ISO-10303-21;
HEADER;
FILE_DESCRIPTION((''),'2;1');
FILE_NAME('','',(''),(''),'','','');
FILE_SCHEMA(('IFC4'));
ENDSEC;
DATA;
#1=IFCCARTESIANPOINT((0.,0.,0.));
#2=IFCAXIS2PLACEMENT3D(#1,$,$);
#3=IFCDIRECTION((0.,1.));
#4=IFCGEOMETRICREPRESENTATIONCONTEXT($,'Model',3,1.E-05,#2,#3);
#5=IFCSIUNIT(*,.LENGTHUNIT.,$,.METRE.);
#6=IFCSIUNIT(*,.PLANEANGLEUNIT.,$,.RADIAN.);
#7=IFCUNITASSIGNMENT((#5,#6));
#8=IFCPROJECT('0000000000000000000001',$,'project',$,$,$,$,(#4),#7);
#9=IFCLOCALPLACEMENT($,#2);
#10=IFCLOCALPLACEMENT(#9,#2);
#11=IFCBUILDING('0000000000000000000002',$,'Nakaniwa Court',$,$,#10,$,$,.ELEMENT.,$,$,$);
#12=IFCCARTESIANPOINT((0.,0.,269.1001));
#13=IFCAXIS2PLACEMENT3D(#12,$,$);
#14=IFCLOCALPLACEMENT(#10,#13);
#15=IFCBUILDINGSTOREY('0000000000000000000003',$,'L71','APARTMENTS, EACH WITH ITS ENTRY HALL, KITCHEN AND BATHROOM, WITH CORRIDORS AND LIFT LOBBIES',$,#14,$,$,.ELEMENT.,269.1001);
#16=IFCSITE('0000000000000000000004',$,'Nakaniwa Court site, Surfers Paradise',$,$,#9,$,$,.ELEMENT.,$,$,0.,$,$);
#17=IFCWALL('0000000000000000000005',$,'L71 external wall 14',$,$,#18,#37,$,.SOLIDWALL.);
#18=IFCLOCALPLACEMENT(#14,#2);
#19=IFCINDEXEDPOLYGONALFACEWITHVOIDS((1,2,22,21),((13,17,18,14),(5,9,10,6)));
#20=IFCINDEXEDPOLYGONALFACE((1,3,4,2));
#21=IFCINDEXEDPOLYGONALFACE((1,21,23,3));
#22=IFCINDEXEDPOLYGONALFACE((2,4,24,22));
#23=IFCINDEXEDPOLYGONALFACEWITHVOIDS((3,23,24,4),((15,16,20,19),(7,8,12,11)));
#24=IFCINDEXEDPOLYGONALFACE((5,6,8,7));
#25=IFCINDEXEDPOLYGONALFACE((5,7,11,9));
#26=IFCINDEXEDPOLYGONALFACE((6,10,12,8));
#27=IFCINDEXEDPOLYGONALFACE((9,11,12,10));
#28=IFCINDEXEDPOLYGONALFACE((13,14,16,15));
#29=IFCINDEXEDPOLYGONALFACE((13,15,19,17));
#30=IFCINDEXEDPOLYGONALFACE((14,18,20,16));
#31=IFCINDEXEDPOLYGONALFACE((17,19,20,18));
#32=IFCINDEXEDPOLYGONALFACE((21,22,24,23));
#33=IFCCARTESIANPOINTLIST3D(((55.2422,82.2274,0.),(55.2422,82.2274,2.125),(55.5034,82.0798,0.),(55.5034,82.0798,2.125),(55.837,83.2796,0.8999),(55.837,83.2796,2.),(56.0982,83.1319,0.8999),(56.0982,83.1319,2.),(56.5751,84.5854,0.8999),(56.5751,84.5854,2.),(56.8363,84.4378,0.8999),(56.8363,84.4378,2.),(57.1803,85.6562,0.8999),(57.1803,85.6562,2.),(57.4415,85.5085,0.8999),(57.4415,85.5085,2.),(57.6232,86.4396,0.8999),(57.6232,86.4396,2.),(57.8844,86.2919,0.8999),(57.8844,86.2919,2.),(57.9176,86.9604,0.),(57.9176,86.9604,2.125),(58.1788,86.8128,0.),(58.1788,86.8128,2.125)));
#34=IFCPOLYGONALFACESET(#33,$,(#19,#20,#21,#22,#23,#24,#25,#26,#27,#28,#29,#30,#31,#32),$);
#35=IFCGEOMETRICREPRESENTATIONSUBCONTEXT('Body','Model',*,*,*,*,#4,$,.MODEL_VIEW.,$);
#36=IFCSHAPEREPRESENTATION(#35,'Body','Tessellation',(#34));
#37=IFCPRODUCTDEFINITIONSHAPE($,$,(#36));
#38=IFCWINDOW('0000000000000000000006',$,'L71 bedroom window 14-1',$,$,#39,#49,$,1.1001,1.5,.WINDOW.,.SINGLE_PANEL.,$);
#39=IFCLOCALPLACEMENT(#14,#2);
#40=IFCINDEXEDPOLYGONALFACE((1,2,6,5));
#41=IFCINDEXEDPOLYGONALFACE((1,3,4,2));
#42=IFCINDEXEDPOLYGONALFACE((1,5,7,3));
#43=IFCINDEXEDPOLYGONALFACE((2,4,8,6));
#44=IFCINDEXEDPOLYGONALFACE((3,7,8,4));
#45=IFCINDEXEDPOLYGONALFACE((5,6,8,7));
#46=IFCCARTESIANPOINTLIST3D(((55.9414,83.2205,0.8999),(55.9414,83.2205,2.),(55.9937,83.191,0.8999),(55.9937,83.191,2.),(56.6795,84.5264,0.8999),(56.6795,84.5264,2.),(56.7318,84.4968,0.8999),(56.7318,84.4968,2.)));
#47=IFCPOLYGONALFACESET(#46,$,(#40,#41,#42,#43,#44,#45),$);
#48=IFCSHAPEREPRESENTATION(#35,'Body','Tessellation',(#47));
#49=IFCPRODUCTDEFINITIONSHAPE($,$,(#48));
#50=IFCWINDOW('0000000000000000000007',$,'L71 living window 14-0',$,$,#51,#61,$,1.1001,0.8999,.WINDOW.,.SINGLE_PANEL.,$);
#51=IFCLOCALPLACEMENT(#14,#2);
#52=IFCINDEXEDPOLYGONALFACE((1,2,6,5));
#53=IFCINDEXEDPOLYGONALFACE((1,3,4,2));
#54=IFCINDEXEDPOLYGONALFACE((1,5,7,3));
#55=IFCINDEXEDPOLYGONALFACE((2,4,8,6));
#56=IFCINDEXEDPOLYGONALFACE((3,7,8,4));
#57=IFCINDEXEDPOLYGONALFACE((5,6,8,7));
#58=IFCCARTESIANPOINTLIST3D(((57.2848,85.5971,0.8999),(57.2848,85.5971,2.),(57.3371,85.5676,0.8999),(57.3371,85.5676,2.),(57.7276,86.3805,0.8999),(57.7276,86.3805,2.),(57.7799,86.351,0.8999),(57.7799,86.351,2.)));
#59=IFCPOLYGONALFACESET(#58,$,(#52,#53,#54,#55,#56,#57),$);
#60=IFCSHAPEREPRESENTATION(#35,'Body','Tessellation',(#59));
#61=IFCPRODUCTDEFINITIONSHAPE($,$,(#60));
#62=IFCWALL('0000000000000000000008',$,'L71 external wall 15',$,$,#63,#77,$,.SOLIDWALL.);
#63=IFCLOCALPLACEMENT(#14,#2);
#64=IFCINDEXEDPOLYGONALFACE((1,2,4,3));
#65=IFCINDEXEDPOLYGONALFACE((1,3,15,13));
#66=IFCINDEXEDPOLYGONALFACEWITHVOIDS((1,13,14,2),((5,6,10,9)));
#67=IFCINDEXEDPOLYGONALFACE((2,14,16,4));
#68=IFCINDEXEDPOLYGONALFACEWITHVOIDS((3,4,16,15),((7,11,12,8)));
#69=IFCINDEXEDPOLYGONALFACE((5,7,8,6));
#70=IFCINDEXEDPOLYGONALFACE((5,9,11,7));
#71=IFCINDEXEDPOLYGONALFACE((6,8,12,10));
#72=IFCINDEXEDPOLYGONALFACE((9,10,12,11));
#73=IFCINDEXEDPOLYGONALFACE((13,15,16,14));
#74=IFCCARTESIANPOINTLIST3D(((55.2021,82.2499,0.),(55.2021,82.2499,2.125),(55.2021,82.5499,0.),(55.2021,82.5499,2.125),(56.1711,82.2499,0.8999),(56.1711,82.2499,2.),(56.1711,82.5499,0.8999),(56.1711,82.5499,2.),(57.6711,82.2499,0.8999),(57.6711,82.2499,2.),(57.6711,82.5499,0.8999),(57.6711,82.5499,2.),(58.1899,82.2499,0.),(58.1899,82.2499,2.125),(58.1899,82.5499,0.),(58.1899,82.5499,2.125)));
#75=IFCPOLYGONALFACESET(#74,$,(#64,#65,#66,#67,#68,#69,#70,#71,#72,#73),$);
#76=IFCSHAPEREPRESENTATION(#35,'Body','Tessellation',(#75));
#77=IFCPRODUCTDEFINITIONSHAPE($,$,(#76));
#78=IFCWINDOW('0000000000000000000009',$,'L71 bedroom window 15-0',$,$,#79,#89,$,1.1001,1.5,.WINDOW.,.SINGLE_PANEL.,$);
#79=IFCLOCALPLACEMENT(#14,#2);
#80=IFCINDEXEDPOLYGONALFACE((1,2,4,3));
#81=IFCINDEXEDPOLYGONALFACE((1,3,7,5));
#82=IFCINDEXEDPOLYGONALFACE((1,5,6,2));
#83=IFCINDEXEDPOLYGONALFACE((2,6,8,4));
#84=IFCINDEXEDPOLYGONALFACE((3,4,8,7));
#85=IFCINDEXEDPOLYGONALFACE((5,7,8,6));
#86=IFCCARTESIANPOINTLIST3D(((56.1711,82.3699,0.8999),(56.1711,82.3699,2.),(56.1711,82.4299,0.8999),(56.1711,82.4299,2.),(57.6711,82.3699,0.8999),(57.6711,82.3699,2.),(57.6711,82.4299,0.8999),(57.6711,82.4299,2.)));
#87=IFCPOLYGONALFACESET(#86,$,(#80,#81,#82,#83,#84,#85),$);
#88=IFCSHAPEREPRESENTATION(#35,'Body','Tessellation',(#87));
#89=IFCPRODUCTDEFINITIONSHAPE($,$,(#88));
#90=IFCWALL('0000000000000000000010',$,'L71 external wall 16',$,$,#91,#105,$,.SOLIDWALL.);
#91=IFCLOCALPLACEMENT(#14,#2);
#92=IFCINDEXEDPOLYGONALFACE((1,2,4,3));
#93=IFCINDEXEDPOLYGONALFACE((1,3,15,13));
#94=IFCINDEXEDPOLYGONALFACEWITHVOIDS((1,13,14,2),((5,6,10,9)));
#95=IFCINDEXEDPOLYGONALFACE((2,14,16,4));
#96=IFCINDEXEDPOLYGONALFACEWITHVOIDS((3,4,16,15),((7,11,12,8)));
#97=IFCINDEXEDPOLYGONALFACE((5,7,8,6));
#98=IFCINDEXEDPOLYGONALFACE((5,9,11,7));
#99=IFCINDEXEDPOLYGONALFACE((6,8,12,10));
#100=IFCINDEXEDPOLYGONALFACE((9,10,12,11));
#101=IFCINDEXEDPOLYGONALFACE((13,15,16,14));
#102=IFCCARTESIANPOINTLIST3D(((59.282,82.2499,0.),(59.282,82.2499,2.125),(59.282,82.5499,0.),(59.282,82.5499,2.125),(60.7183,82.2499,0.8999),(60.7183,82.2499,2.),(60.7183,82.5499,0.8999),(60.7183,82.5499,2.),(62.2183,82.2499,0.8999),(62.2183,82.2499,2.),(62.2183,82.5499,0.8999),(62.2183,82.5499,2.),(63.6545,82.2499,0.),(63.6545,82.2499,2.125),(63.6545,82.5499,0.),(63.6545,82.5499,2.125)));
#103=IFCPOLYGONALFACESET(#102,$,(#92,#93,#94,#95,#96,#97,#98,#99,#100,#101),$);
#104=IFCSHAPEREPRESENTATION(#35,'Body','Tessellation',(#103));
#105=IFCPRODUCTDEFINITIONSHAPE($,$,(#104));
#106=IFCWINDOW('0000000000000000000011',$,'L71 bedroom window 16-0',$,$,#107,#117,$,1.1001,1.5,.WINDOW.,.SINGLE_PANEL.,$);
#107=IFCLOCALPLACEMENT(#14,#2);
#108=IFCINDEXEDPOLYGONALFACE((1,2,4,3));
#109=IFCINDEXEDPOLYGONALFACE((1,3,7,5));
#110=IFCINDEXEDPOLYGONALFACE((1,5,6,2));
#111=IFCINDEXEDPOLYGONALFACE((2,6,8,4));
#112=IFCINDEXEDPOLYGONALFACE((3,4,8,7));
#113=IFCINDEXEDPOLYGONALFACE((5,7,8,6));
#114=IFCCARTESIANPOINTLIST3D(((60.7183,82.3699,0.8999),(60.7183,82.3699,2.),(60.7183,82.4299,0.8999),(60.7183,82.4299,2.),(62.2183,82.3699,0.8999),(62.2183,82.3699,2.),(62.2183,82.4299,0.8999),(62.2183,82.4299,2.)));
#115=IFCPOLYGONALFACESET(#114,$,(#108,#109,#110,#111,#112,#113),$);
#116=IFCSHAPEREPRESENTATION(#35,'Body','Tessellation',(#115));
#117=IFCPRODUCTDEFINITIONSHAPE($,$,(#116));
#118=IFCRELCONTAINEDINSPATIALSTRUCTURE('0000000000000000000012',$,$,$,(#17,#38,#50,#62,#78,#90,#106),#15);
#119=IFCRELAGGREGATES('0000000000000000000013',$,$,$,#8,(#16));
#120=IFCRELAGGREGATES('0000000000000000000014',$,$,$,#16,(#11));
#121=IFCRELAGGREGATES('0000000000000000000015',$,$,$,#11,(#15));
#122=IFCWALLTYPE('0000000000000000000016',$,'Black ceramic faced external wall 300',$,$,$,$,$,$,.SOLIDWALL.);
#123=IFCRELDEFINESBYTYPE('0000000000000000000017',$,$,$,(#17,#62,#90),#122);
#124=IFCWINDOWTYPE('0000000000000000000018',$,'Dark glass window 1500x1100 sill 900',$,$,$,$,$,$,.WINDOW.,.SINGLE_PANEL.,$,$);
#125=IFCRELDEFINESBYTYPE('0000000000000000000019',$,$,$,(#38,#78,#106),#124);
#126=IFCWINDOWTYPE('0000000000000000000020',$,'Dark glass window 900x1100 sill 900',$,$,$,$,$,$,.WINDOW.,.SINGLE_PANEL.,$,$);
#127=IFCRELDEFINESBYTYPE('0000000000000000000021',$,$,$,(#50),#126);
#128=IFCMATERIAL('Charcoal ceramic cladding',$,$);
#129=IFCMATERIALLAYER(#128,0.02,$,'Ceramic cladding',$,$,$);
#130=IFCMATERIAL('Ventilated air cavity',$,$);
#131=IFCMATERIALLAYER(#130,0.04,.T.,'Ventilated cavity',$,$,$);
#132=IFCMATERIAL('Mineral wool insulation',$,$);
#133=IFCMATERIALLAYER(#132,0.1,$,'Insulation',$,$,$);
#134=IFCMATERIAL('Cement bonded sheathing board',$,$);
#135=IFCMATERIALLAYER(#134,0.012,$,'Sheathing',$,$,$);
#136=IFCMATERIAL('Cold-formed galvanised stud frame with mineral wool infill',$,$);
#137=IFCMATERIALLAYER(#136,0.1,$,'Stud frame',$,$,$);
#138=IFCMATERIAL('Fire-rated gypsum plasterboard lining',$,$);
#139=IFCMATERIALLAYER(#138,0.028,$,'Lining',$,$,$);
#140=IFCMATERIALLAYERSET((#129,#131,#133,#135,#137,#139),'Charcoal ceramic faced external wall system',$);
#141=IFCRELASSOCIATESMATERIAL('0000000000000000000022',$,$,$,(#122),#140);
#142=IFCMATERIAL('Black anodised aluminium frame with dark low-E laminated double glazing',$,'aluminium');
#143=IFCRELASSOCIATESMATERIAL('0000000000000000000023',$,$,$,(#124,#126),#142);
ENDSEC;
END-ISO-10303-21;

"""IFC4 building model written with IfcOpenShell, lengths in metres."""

from ifc_helpers import new_model, si_unit, direction, frame, frame_2d, origin, place, context, subcontext, project, spatial, rectangle, extrude, material, layer, layer_set, type_object, element, fill, save


model = new_model("IFC4")

# Units and contexts
model_context = context("Model", 3, precision=1e-05, world=origin(), true_north=direction((0.0, 1.0)))
body_context = subcontext(model_context, "Body", "Model", "MODEL_VIEW")
ifc_project = project(units=[si_unit("LENGTHUNIT", "METRE"), si_unit("PLANEANGLEUNIT", "RADIAN")], contexts=[model_context])

# Site, building, storey
site_placement = place(None, origin())
site = spatial("IfcSite", under=ifc_project, at=site_placement, Name="Nakaniwa Court site, Surfers Paradise", CompositionType="ELEMENT", RefElevation=0.0)
building_placement = place(site_placement, origin())
building = spatial("IfcBuilding", under=site, at=building_placement, Name="Nakaniwa Court", CompositionType="ELEMENT")
storey_placement = place(building_placement, frame((0.0, 0.0, 269.1001)))
storey = spatial("IfcBuildingStorey", under=building, at=storey_placement, Name="L71", Description="APARTMENTS, EACH WITH ITS ENTRY HALL, KITCHEN AND BATHROOM, WITH CORRIDORS AND LIFT LOBBIES", CompositionType="ELEMENT", Elevation=269.1001)

# Shared definitions
ifc_material_1 = material(Name="Charcoal ceramic cladding")
ifc_layer_1 = layer(ifc_material_1, 0.02, Name="Ceramic cladding")
ifc_material_2 = material(Name="Ventilated air cavity")
ifc_layer_2 = layer(ifc_material_2, 0.04, ventilated=True, Name="Ventilated cavity")
ifc_material_3 = material(Name="Mineral wool insulation")
ifc_layer_3 = layer(ifc_material_3, 0.1, Name="Insulation")
ifc_material_4 = material(Name="Cement bonded sheathing board")
ifc_layer_4 = layer(ifc_material_4, 0.012, Name="Sheathing")
ifc_material_5 = material(Name="Cold-formed galvanised stud frame with mineral wool infill")
ifc_layer_5 = layer(ifc_material_5, 0.1, Name="Stud frame")
ifc_material_6 = material(Name="Fire-rated gypsum plasterboard lining")
ifc_layer_6 = layer(ifc_material_6, 0.028, Name="Lining")
ifc_layer_set_1 = layer_set([ifc_layer_1, ifc_layer_2, ifc_layer_3, ifc_layer_4, ifc_layer_5, ifc_layer_6], Name="Charcoal ceramic faced external wall system")
wall_type_1 = type_object("IfcWallType", Name="Black ceramic faced external wall 300", PredefinedType="SOLIDWALL", material=ifc_layer_set_1)

# Wall, openings, windows
wall_1_placement = place(storey_placement, frame((58.0481, 86.8865, 0.0), z_axis=(0.0, 0.0, 1.0), x_axis=(-0.492081, -0.870549, 0.0)))
wall_1 = element("IfcWall", 1, at=wall_1_placement, inside=storey, type_object=wall_type_1, Name="L71 external wall 14", PredefinedType="SOLIDWALL", context=body_context, shape_type="SweptSolid", body=[
    extrude(rectangle(XDim=5.4368, YDim=0.3, at=frame_2d((2.7183, 0.0))), origin(), (0.0, 0.0, 1.0), 2.125),
])
opening_1_placement = place(wall_1_placement, frame((0.5981, 0.0, 0.8999)))
opening_1 = element("IfcOpeningElement", 2, at=opening_1_placement, cuts=wall_1, PredefinedType="OPENING", context=body_context, shape_type="SweptSolid", body=[
    extrude(rectangle(XDim=0.8999, YDim=1.1001, at=frame_2d((0.45, 0.55))), frame((0.0, 0.1599, 0.0), z_axis=(0.0, -1.0, 0.0), x_axis=(1.0, 0.0, 0.0)), (0.0, 0.0, 1.0), 0.3201),
])
opening_2_placement = place(wall_1_placement, frame((2.728, 0.0, 0.8999)))
opening_2 = element("IfcOpeningElement", 3, at=opening_2_placement, cuts=wall_1, PredefinedType="OPENING", context=body_context, shape_type="SweptSolid", body=[
    extrude(rectangle(XDim=1.5, YDim=1.1001, at=frame_2d((0.75, 0.55))), frame((0.0, 0.1599, 0.0), z_axis=(0.0, -1.0, 0.0), x_axis=(1.0, 0.0, 0.0)), (0.0, 0.0, 1.0), 0.3201),
])
ifc_material_7 = material(Name="Black anodised aluminium frame with dark low-E laminated double glazing", Category="aluminium")
window_type_1 = type_object("IfcWindowType", Name="Dark glass window 1500x1100 sill 900", PartitioningType="SINGLE_PANEL", PredefinedType="WINDOW", material=ifc_material_7)
window_1_placement = place(opening_2_placement, origin())
window_1 = element("IfcWindow", 4, at=window_1_placement, inside=storey, type_object=window_type_1, Name="L71 bedroom window 14-1", OverallHeight=1.1001, OverallWidth=1.5, PartitioningType="SINGLE_PANEL", PredefinedType="WINDOW", context=body_context, shape_type="SweptSolid", body=[
    extrude(rectangle(XDim=1.5, YDim=1.1001, at=frame_2d((0.75, 0.55))), frame((0.0, 0.03, 0.0), z_axis=(0.0, -1.0, 0.0), x_axis=(1.0, 0.0, 0.0)), (0.0, 0.0, 1.0), 0.0601),
])
fill(opening_2, window_1)
window_type_2 = type_object("IfcWindowType", Name="Dark glass window 900x1100 sill 900", PartitioningType="SINGLE_PANEL", PredefinedType="WINDOW", material=ifc_material_7)
window_2_placement = place(opening_1_placement, origin())
window_2 = element("IfcWindow", 5, at=window_2_placement, inside=storey, type_object=window_type_2, Name="L71 living window 14-0", OverallHeight=1.1001, OverallWidth=0.8999, PartitioningType="SINGLE_PANEL", PredefinedType="WINDOW", context=body_context, shape_type="SweptSolid", body=[
    extrude(rectangle(XDim=0.8999, YDim=1.1001, at=frame_2d((0.45, 0.55))), frame((0.0, 0.03, 0.0), z_axis=(0.0, -1.0, 0.0), x_axis=(1.0, 0.0, 0.0)), (0.0, 0.0, 1.0), 0.0601),
])
fill(opening_1, window_2)

# Walls, openings, windows
wall_2_placement = place(storey_placement, frame((55.2021, 82.3999, 0.0), z_axis=(0.0, 0.0, 1.0), x_axis=(1.0, 0.0, 0.0)))
wall_2 = element("IfcWall", 6, at=wall_2_placement, inside=storey, type_object=wall_type_1, Name="L71 external wall 15", PredefinedType="SOLIDWALL", context=body_context, shape_type="SweptSolid", body=[
    extrude(rectangle(XDim=2.9878, YDim=0.3, at=frame_2d((1.4939, 0.0))), origin(), (0.0, 0.0, 1.0), 2.125),
])
opening_3_placement = place(wall_2_placement, frame((0.969, 0.0, 0.8999)))
opening_3 = element("IfcOpeningElement", 7, at=opening_3_placement, cuts=wall_2, PredefinedType="OPENING", context=body_context, shape_type="SweptSolid", body=[
    extrude(rectangle(XDim=1.5, YDim=1.1001, at=frame_2d((0.75, 0.55))), frame((0.0, 0.1599, 0.0), z_axis=(0.0, -1.0, 0.0), x_axis=(1.0, 0.0, 0.0)), (0.0, 0.0, 1.0), 0.3201),
])
window_3_placement = place(opening_3_placement, origin())
window_3 = element("IfcWindow", 8, at=window_3_placement, inside=storey, type_object=window_type_1, Name="L71 bedroom window 15-0", OverallHeight=1.1001, OverallWidth=1.5, PartitioningType="SINGLE_PANEL", PredefinedType="WINDOW", context=body_context, shape_type="SweptSolid", body=[
    extrude(rectangle(XDim=1.5, YDim=1.1001, at=frame_2d((0.75, 0.55))), frame((0.0, 0.03, 0.0), z_axis=(0.0, -1.0, 0.0), x_axis=(1.0, 0.0, 0.0)), (0.0, 0.0, 1.0), 0.0601),
])
fill(opening_3, window_3)
wall_3_placement = place(storey_placement, frame((59.282, 82.3999, 0.0), z_axis=(0.0, 0.0, 1.0), x_axis=(1.0, 0.0, 0.0)))
wall_3 = element("IfcWall", 9, at=wall_3_placement, inside=storey, type_object=wall_type_1, Name="L71 external wall 16", PredefinedType="SOLIDWALL", context=body_context, shape_type="SweptSolid", body=[
    extrude(rectangle(XDim=4.3726, YDim=0.3, at=frame_2d((2.1863, 0.0))), origin(), (0.0, 0.0, 1.0), 2.125),
])
opening_4_placement = place(wall_3_placement, frame((1.4363, 0.0, 0.8999)))
opening_4 = element("IfcOpeningElement", 10, at=opening_4_placement, cuts=wall_3, PredefinedType="OPENING", context=body_context, shape_type="SweptSolid", body=[
    extrude(rectangle(XDim=1.5, YDim=1.1001, at=frame_2d((0.75, 0.55))), frame((0.0, 0.1599, 0.0), z_axis=(0.0, -1.0, 0.0), x_axis=(1.0, 0.0, 0.0)), (0.0, 0.0, 1.0), 0.3201),
])
window_4_placement = place(opening_4_placement, origin())
window_4 = element("IfcWindow", 11, at=window_4_placement, inside=storey, type_object=window_type_1, Name="L71 bedroom window 16-0", OverallHeight=1.1001, OverallWidth=1.5, PartitioningType="SINGLE_PANEL", PredefinedType="WINDOW", context=body_context, shape_type="SweptSolid", body=[
    extrude(rectangle(XDim=1.5, YDim=1.1001, at=frame_2d((0.75, 0.55))), frame((0.0, 0.03, 0.0), z_axis=(0.0, -1.0, 0.0), x_axis=(1.0, 0.0, 0.0)), (0.0, 0.0, 1.0), 0.0601),
])
fill(opening_4, window_4)

save(model, "model.ifc")
